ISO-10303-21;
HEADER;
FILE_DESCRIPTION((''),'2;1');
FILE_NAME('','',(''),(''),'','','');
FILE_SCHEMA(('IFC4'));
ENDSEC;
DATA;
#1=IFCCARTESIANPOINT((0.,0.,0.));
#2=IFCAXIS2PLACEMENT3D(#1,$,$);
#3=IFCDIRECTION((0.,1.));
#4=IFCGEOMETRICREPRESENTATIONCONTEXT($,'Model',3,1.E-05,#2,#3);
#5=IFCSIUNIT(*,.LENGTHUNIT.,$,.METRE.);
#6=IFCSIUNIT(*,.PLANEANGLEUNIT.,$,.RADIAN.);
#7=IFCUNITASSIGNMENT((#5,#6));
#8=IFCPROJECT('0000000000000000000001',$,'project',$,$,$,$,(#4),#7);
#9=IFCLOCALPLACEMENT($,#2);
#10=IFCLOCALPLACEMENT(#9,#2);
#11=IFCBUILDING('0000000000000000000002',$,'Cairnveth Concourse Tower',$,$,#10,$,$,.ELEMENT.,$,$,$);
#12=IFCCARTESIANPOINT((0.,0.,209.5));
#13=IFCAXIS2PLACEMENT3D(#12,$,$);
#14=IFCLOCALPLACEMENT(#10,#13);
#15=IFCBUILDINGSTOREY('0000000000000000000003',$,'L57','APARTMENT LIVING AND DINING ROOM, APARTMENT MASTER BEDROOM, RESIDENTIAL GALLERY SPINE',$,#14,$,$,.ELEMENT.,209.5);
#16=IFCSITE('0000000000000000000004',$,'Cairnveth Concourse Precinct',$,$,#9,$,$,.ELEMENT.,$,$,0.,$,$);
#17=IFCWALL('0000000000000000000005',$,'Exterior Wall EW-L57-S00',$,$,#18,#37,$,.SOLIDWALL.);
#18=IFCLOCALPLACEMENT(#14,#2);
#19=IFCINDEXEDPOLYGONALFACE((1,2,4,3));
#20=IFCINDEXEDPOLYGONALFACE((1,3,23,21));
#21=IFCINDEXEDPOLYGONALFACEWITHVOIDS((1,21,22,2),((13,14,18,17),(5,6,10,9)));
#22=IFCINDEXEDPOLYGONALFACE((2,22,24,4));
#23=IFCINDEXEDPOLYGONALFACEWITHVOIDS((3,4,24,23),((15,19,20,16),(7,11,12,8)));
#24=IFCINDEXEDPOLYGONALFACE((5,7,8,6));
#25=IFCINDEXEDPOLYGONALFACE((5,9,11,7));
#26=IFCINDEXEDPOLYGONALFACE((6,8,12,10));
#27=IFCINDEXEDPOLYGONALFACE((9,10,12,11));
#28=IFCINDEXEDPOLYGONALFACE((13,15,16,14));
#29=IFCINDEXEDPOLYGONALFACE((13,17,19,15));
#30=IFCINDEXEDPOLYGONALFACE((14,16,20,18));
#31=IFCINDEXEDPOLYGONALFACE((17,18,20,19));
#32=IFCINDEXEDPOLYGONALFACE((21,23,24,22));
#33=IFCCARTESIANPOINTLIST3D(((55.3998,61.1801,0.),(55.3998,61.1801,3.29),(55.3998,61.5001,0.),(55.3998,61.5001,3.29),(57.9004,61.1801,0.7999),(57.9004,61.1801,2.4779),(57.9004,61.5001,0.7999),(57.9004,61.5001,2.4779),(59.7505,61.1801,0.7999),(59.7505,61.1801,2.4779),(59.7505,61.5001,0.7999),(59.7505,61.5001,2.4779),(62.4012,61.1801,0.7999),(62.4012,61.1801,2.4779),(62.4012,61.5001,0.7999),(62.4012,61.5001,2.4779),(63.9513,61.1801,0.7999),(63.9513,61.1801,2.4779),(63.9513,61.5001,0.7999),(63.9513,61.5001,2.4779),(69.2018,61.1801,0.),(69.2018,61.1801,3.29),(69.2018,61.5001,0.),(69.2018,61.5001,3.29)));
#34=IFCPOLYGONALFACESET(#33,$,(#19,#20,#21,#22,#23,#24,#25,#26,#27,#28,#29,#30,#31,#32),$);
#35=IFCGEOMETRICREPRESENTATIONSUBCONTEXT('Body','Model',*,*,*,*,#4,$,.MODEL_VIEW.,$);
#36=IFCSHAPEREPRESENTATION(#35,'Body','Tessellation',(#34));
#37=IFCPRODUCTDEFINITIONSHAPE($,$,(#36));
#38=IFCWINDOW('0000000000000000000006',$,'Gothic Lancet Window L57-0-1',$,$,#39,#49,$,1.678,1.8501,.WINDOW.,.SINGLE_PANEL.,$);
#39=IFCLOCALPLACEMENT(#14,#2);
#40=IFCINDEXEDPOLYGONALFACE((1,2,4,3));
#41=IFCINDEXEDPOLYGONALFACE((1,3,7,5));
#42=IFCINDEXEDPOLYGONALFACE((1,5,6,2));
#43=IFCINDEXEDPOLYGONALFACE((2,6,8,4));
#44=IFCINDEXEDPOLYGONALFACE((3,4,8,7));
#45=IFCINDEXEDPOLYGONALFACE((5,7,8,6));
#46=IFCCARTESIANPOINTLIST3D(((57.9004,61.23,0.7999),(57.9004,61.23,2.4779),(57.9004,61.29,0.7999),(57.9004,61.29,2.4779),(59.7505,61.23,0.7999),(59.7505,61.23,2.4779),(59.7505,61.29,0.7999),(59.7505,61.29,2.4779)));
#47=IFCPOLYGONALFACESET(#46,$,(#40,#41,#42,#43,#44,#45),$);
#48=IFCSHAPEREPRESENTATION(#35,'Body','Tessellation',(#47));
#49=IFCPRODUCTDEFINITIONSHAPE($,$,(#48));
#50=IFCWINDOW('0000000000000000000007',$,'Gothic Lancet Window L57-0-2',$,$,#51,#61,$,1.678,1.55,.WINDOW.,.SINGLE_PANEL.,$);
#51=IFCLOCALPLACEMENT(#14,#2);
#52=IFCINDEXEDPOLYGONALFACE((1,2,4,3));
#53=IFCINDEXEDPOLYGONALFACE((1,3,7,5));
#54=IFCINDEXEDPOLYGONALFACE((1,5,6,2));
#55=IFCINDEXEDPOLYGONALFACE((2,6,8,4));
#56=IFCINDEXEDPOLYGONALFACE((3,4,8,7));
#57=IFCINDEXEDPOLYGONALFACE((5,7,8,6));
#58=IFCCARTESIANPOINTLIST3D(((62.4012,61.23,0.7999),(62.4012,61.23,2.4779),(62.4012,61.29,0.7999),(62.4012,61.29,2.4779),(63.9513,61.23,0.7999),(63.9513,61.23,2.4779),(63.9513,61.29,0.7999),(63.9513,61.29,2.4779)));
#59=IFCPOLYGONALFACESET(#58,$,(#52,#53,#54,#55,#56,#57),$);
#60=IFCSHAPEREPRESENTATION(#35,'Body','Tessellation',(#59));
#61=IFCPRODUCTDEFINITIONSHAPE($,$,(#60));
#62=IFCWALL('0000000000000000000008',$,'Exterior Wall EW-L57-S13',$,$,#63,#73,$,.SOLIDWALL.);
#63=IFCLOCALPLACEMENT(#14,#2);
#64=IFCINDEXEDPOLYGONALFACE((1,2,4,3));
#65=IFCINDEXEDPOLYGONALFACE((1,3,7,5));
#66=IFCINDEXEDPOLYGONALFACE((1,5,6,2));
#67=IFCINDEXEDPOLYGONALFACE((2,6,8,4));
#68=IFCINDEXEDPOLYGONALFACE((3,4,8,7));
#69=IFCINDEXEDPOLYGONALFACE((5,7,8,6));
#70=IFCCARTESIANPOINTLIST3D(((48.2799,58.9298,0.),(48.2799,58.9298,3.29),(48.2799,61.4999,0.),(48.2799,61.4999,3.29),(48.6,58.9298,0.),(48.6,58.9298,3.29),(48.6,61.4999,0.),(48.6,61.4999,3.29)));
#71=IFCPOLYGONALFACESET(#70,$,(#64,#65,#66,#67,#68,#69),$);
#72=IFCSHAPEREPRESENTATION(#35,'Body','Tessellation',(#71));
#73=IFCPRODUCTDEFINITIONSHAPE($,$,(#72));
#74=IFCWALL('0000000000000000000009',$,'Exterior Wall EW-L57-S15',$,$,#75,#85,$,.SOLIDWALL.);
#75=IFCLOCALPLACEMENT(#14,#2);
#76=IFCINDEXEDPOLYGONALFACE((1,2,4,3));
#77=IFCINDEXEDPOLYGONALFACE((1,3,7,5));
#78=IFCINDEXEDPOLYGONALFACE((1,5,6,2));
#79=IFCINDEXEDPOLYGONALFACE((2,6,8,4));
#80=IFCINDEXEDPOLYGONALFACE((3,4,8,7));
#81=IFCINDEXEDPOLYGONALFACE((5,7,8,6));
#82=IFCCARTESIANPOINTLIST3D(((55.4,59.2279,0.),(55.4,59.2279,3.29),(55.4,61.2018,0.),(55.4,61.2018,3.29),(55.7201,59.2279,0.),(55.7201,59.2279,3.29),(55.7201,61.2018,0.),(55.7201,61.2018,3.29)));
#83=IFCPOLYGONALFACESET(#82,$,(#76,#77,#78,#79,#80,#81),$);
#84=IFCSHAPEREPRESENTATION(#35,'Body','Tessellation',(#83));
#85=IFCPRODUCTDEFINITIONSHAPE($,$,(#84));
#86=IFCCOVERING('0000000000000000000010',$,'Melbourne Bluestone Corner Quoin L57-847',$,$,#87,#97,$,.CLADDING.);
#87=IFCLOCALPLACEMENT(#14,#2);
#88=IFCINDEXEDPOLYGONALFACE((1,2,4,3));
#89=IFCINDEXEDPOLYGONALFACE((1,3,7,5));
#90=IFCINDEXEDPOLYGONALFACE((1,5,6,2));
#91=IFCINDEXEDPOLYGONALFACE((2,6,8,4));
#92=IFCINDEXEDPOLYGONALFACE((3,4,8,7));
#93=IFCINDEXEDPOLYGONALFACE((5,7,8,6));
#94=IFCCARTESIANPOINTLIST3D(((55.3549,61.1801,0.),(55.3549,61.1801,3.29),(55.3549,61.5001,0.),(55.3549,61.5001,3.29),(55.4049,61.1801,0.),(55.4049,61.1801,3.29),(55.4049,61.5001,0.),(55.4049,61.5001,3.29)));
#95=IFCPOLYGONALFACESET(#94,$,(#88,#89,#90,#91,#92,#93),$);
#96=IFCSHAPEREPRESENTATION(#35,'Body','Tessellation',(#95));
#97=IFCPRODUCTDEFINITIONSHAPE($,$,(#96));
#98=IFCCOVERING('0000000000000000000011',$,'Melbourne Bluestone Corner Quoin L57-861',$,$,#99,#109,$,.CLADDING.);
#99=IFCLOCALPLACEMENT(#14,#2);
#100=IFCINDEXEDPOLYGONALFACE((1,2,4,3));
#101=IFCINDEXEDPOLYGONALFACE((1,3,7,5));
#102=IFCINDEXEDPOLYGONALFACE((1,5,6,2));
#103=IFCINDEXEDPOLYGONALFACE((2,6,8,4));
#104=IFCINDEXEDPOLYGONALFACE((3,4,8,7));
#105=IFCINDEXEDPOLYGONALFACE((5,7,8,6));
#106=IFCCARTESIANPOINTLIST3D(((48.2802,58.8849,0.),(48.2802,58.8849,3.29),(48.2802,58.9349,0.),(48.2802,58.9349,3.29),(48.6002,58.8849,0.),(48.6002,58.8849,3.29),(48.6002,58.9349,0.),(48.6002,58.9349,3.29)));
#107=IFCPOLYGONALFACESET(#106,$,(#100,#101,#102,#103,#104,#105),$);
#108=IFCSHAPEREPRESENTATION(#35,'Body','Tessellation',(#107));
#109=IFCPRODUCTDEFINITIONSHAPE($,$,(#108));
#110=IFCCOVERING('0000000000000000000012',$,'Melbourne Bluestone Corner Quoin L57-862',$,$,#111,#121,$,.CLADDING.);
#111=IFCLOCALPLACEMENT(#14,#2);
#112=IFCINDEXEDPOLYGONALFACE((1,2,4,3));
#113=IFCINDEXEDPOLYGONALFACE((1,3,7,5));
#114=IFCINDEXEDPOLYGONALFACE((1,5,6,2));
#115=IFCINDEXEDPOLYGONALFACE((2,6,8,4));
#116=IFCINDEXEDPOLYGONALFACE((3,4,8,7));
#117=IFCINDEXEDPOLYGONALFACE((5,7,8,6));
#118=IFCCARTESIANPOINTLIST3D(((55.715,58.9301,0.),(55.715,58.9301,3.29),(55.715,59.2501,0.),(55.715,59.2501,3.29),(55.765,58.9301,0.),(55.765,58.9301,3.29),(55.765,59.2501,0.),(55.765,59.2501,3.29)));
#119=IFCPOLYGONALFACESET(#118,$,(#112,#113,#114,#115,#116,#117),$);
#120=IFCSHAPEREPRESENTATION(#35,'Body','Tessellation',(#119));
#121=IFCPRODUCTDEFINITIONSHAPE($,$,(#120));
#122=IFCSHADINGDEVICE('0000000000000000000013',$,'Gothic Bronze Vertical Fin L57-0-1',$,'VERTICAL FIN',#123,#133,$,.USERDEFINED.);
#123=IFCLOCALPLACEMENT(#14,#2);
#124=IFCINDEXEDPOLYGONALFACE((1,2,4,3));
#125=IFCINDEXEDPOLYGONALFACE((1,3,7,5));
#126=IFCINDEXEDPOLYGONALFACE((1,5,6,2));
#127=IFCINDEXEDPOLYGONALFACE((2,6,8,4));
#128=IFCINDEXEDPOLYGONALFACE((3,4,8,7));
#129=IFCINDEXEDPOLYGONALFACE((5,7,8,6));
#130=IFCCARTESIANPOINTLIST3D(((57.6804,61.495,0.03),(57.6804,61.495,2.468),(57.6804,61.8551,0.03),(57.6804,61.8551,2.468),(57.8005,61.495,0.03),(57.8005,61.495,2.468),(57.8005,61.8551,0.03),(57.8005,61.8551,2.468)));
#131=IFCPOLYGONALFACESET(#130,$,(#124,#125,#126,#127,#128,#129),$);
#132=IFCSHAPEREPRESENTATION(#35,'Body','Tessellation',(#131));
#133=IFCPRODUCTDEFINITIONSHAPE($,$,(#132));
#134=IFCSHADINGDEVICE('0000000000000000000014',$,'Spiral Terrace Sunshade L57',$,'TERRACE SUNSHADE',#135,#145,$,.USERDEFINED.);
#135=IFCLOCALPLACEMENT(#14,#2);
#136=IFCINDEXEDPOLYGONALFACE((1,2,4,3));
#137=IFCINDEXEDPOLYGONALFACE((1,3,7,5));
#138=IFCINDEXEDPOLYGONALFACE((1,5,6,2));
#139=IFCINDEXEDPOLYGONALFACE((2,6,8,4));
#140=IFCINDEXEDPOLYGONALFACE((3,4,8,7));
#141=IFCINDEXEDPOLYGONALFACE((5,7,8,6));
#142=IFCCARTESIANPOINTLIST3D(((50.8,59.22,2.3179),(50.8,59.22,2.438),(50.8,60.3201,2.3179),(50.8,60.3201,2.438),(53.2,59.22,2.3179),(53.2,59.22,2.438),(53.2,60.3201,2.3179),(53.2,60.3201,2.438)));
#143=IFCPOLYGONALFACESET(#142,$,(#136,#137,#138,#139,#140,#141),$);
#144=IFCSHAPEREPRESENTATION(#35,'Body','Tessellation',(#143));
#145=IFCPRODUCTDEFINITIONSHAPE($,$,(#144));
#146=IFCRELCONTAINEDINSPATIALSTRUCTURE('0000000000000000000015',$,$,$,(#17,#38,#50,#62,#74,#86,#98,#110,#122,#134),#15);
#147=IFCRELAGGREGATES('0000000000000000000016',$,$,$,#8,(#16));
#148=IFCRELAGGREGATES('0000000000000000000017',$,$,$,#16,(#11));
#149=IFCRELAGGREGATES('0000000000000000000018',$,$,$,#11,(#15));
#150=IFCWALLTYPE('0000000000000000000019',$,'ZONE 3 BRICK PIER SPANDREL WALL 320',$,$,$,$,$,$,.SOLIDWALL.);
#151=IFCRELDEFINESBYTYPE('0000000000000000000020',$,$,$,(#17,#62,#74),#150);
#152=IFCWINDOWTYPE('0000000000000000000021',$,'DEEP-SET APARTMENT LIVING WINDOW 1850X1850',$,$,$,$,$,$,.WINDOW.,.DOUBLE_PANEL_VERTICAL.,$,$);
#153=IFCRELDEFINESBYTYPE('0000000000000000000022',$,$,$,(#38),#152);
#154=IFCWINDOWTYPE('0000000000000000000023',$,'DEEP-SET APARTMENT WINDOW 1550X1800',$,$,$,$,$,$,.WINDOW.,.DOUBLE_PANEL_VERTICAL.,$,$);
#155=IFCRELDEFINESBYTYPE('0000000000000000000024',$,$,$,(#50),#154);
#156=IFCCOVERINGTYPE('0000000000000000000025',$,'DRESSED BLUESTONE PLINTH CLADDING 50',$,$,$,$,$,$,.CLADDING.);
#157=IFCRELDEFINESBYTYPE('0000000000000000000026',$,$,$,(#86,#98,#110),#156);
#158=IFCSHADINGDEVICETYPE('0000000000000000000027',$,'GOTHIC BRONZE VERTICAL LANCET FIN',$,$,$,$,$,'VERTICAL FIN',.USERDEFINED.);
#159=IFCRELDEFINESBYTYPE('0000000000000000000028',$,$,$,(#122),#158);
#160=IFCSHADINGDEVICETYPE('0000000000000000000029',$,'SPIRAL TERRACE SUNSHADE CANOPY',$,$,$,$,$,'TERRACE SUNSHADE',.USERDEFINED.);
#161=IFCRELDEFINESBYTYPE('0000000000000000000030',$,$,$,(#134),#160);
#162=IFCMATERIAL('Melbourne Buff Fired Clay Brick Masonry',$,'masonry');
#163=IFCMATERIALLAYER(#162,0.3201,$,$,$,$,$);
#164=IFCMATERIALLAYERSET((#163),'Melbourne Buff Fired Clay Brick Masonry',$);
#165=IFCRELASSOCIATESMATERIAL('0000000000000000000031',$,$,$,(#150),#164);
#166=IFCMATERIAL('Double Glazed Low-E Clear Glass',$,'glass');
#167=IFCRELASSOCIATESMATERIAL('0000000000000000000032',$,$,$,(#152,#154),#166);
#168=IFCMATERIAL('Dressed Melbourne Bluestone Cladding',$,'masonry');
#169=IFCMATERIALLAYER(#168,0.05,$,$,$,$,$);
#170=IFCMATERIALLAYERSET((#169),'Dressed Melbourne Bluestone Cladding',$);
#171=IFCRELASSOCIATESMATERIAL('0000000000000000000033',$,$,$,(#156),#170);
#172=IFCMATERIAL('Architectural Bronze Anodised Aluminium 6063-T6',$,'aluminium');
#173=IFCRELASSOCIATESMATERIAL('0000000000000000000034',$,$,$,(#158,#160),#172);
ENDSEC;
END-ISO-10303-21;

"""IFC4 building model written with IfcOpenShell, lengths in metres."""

from ifc_helpers import new_model, si_unit, direction, frame, frame_2d, origin, origin_2d, place, context, subcontext, project, spatial, rectangle, extrude, material, layer, layer_set, type_object, element, fill, save


model = new_model("IFC4")

# Units and contexts
model_context = context("Model", 3, precision=1e-05, world=origin(), true_north=direction((0.0, 1.0)))
body_context = subcontext(model_context, "Body", "Model", "MODEL_VIEW")
ifc_project = project(units=[si_unit("LENGTHUNIT", "METRE"), si_unit("PLANEANGLEUNIT", "RADIAN")], contexts=[model_context])

# Site, building, storey
site_placement = place(None, origin())
site = spatial("IfcSite", under=ifc_project, at=site_placement, Name="Cairnveth Concourse Precinct", CompositionType="ELEMENT", RefElevation=0.0)
building_placement = place(site_placement, origin())
building = spatial("IfcBuilding", under=site, at=building_placement, Name="Cairnveth Concourse Tower", CompositionType="ELEMENT")
storey_placement = place(building_placement, frame((0.0, 0.0, 209.5)))
storey = spatial("IfcBuildingStorey", under=building, at=storey_placement, Name="L57", Description="APARTMENT LIVING AND DINING ROOM, APARTMENT MASTER BEDROOM, RESIDENTIAL GALLERY SPINE", CompositionType="ELEMENT", Elevation=209.5)

# Shared definitions
ifc_material_1 = material(Name="Dressed Melbourne Bluestone Cladding", Category="masonry")

# Wall, openings, windows
ifc_material_2 = material(Name="Melbourne Buff Fired Clay Brick Masonry", Category="masonry")
ifc_layer_1 = layer(ifc_material_2, 0.3201)
ifc_layer_set_1 = layer_set([ifc_layer_1], Name="Melbourne Buff Fired Clay Brick Masonry")
wall_type_1 = type_object("IfcWallType", Name="ZONE 3 BRICK PIER SPANDREL WALL 320", PredefinedType="SOLIDWALL", material=ifc_layer_set_1)
wall_1_placement = place(storey_placement, frame((55.3999, 61.3401, 0.0), z_axis=(0.0, 0.0, 1.0), x_axis=(1.0, 0.0, 0.0)))
wall_1 = element("IfcWall", 1, at=wall_1_placement, inside=storey, type_object=wall_type_1, Name="Exterior Wall EW-L57-S00", PredefinedType="SOLIDWALL", context=body_context, shape_type="SweptSolid", body=[
    extrude(rectangle(XDim=13.802, YDim=0.3201, at=frame_2d((6.9009, 0.0))), origin(), (0.0, 0.0, 1.0), 3.29),
])
opening_1_placement = place(wall_1_placement, frame((2.5005, 0.0, 0.8)))
opening_1 = element("IfcOpeningElement", 2, at=opening_1_placement, cuts=wall_1, PredefinedType="OPENING", context=body_context, shape_type="SweptSolid", body=[
    extrude(rectangle(XDim=1.8501, YDim=1.678, at=frame_2d((0.925, 0.8389))), frame((0.0, 0.1699, 0.0), z_axis=(0.0, -1.0, 0.0), x_axis=(1.0, 0.0, 0.0)), (0.0, 0.0, 1.0), 0.3401),
])
opening_2_placement = place(wall_1_placement, frame((7.0015, 0.0, 0.8)))
opening_2 = element("IfcOpeningElement", 3, at=opening_2_placement, cuts=wall_1, PredefinedType="OPENING", context=body_context, shape_type="SweptSolid", body=[
    extrude(rectangle(XDim=1.55, YDim=1.678, at=frame_2d((0.7749, 0.8389))), frame((0.0, 0.1699, 0.0), z_axis=(0.0, -1.0, 0.0), x_axis=(1.0, 0.0, 0.0)), (0.0, 0.0, 1.0), 0.3401),
])
ifc_material_3 = material(Name="Double Glazed Low-E Clear Glass", Category="glass")
window_type_1 = type_object("IfcWindowType", Name="DEEP-SET APARTMENT LIVING WINDOW 1850X1850", PartitioningType="DOUBLE_PANEL_VERTICAL", PredefinedType="WINDOW", material=ifc_material_3)
window_1_placement = place(opening_1_placement, origin())
window_1 = element("IfcWindow", 4, at=window_1_placement, inside=storey, type_object=window_type_1, Name="Gothic Lancet Window L57-0-1", OverallHeight=1.678, OverallWidth=1.8501, PartitioningType="SINGLE_PANEL", PredefinedType="WINDOW", context=body_context, shape_type="SweptSolid", body=[
    extrude(rectangle(XDim=1.8501, YDim=1.678, at=frame_2d((0.925, 0.8389))), frame((0.0, -0.05, 0.0), z_axis=(0.0, -1.0, 0.0), x_axis=(1.0, 0.0, 0.0)), (0.0, 0.0, 1.0), 0.0601),
])
fill(opening_1, window_1)
window_type_2 = type_object("IfcWindowType", Name="DEEP-SET APARTMENT WINDOW 1550X1800", PartitioningType="DOUBLE_PANEL_VERTICAL", PredefinedType="WINDOW", material=ifc_material_3)
window_2_placement = place(opening_2_placement, origin())
window_2 = element("IfcWindow", 5, at=window_2_placement, inside=storey, type_object=window_type_2, Name="Gothic Lancet Window L57-0-2", OverallHeight=1.678, OverallWidth=1.55, PartitioningType="SINGLE_PANEL", PredefinedType="WINDOW", context=body_context, shape_type="SweptSolid", body=[
    extrude(rectangle(XDim=1.55, YDim=1.678, at=frame_2d((0.7749, 0.8389))), frame((0.0, -0.05, 0.0), z_axis=(0.0, -1.0, 0.0), x_axis=(1.0, 0.0, 0.0)), (0.0, 0.0, 1.0), 0.0601),
])
fill(opening_2, window_2)

# Wall
wall_2_placement = place(storey_placement, frame((48.4399, 61.5, 0.0), z_axis=(0.0, 0.0, 1.0), x_axis=(0.0, -1.0, 0.0)))
element("IfcWall", 6, at=wall_2_placement, inside=storey, type_object=wall_type_1, Name="Exterior Wall EW-L57-S13", PredefinedType="SOLIDWALL", context=body_context, shape_type="SweptSolid", body=[
    extrude(rectangle(XDim=2.5701, YDim=0.3201, at=frame_2d((1.2852, 0.0))), origin(), (0.0, 0.0, 1.0), 3.29),
])

# Shared definitions
ifc_material_4 = material(Name="Architectural Bronze Anodised Aluminium 6063-T6", Category="aluminium")

# Wall
wall_3_placement = place(storey_placement, frame((55.5601, 59.228, 0.0), z_axis=(0.0, 0.0, 1.0), x_axis=(0.0, 1.0, 0.0)))
element("IfcWall", 7, at=wall_3_placement, inside=storey, type_object=wall_type_1, Name="Exterior Wall EW-L57-S15", PredefinedType="SOLIDWALL", context=body_context, shape_type="SweptSolid", body=[
    extrude(rectangle(XDim=1.9739, YDim=0.3201, at=frame_2d((0.9868, 0.0))), origin(), (0.0, 0.0, 1.0), 3.29),
])

# Coverings
ifc_layer_2 = layer(ifc_material_1, 0.05)
ifc_layer_set_2 = layer_set([ifc_layer_2], Name="Dressed Melbourne Bluestone Cladding")
covering_type = type_object("IfcCoveringType", Name="DRESSED BLUESTONE PLINTH CLADDING 50", PredefinedType="CLADDING", material=ifc_layer_set_2)
for number, where, z_axis, x_axis, name in (
    (8, (55.3799, 61.1799, 0.0), (0.0, 0.0, 1.0), (0.0, 1.0, 0.0), "Melbourne Bluestone Corner Quoin L57-847"),
    (9, (48.28, 58.9099, 0.0), (0.0, 0.0, 1.0), (1.0, 0.0, 0.0), "Melbourne Bluestone Corner Quoin L57-861"),
    (10, (55.74, 58.9299, 0.0), (0.0, 0.0, 1.0), (0.0, 1.0, 0.0), "Melbourne Bluestone Corner Quoin L57-862"),
):
    element("IfcCovering", number, at=place(storey_placement, frame(where, z_axis=z_axis, x_axis=x_axis)), inside=storey, type_object=covering_type, Name=name, PredefinedType="CLADDING", context=body_context, shape_type="SweptSolid", body=[
        extrude(rectangle(XDim=0.3201, YDim=0.05, at=frame_2d((0.1602, 0.0))), origin(), (0.0, 0.0, 1.0), 3.29),
    ])

# Shading devices
shading_device_type_1 = type_object("IfcShadingDeviceType", Name="GOTHIC BRONZE VERTICAL LANCET FIN", ElementType="VERTICAL FIN", PredefinedType="USERDEFINED", material=ifc_material_4)
shading_device_1_placement = place(storey_placement, frame((57.7405, 61.675, 0.03), z_axis=(0.0, 0.0, 1.0), x_axis=(1.0, 0.0, 0.0)))
element("IfcShadingDevice", 11, at=shading_device_1_placement, inside=storey, type_object=shading_device_type_1, Name="Gothic Bronze Vertical Fin L57-0-1", ObjectType="VERTICAL FIN", PredefinedType="USERDEFINED", context=body_context, shape_type="SweptSolid", body=[
    extrude(rectangle(XDim=0.1201, YDim=0.3601, at=origin_2d()), origin(), (0.0, 0.0, 1.0), 2.438),
])
shading_device_type_2 = type_object("IfcShadingDeviceType", Name="SPIRAL TERRACE SUNSHADE CANOPY", ElementType="TERRACE SUNSHADE", PredefinedType="USERDEFINED", material=ifc_material_4)
shading_device_2_placement = place(storey_placement, frame((52.0, 59.77, 2.3179), z_axis=(0.0, 0.0, 1.0), x_axis=(1.0, 0.0, 0.0)))
element("IfcShadingDevice", 12, at=shading_device_2_placement, inside=storey, type_object=shading_device_type_2, Name="Spiral Terrace Sunshade L57", ObjectType="TERRACE SUNSHADE", PredefinedType="USERDEFINED", context=body_context, shape_type="SweptSolid", body=[
    extrude(rectangle(XDim=2.3999, YDim=1.1001, at=origin_2d()), origin(), (0.0, 0.0, 1.0), 0.1201),
])

save(model, "model.ifc")
